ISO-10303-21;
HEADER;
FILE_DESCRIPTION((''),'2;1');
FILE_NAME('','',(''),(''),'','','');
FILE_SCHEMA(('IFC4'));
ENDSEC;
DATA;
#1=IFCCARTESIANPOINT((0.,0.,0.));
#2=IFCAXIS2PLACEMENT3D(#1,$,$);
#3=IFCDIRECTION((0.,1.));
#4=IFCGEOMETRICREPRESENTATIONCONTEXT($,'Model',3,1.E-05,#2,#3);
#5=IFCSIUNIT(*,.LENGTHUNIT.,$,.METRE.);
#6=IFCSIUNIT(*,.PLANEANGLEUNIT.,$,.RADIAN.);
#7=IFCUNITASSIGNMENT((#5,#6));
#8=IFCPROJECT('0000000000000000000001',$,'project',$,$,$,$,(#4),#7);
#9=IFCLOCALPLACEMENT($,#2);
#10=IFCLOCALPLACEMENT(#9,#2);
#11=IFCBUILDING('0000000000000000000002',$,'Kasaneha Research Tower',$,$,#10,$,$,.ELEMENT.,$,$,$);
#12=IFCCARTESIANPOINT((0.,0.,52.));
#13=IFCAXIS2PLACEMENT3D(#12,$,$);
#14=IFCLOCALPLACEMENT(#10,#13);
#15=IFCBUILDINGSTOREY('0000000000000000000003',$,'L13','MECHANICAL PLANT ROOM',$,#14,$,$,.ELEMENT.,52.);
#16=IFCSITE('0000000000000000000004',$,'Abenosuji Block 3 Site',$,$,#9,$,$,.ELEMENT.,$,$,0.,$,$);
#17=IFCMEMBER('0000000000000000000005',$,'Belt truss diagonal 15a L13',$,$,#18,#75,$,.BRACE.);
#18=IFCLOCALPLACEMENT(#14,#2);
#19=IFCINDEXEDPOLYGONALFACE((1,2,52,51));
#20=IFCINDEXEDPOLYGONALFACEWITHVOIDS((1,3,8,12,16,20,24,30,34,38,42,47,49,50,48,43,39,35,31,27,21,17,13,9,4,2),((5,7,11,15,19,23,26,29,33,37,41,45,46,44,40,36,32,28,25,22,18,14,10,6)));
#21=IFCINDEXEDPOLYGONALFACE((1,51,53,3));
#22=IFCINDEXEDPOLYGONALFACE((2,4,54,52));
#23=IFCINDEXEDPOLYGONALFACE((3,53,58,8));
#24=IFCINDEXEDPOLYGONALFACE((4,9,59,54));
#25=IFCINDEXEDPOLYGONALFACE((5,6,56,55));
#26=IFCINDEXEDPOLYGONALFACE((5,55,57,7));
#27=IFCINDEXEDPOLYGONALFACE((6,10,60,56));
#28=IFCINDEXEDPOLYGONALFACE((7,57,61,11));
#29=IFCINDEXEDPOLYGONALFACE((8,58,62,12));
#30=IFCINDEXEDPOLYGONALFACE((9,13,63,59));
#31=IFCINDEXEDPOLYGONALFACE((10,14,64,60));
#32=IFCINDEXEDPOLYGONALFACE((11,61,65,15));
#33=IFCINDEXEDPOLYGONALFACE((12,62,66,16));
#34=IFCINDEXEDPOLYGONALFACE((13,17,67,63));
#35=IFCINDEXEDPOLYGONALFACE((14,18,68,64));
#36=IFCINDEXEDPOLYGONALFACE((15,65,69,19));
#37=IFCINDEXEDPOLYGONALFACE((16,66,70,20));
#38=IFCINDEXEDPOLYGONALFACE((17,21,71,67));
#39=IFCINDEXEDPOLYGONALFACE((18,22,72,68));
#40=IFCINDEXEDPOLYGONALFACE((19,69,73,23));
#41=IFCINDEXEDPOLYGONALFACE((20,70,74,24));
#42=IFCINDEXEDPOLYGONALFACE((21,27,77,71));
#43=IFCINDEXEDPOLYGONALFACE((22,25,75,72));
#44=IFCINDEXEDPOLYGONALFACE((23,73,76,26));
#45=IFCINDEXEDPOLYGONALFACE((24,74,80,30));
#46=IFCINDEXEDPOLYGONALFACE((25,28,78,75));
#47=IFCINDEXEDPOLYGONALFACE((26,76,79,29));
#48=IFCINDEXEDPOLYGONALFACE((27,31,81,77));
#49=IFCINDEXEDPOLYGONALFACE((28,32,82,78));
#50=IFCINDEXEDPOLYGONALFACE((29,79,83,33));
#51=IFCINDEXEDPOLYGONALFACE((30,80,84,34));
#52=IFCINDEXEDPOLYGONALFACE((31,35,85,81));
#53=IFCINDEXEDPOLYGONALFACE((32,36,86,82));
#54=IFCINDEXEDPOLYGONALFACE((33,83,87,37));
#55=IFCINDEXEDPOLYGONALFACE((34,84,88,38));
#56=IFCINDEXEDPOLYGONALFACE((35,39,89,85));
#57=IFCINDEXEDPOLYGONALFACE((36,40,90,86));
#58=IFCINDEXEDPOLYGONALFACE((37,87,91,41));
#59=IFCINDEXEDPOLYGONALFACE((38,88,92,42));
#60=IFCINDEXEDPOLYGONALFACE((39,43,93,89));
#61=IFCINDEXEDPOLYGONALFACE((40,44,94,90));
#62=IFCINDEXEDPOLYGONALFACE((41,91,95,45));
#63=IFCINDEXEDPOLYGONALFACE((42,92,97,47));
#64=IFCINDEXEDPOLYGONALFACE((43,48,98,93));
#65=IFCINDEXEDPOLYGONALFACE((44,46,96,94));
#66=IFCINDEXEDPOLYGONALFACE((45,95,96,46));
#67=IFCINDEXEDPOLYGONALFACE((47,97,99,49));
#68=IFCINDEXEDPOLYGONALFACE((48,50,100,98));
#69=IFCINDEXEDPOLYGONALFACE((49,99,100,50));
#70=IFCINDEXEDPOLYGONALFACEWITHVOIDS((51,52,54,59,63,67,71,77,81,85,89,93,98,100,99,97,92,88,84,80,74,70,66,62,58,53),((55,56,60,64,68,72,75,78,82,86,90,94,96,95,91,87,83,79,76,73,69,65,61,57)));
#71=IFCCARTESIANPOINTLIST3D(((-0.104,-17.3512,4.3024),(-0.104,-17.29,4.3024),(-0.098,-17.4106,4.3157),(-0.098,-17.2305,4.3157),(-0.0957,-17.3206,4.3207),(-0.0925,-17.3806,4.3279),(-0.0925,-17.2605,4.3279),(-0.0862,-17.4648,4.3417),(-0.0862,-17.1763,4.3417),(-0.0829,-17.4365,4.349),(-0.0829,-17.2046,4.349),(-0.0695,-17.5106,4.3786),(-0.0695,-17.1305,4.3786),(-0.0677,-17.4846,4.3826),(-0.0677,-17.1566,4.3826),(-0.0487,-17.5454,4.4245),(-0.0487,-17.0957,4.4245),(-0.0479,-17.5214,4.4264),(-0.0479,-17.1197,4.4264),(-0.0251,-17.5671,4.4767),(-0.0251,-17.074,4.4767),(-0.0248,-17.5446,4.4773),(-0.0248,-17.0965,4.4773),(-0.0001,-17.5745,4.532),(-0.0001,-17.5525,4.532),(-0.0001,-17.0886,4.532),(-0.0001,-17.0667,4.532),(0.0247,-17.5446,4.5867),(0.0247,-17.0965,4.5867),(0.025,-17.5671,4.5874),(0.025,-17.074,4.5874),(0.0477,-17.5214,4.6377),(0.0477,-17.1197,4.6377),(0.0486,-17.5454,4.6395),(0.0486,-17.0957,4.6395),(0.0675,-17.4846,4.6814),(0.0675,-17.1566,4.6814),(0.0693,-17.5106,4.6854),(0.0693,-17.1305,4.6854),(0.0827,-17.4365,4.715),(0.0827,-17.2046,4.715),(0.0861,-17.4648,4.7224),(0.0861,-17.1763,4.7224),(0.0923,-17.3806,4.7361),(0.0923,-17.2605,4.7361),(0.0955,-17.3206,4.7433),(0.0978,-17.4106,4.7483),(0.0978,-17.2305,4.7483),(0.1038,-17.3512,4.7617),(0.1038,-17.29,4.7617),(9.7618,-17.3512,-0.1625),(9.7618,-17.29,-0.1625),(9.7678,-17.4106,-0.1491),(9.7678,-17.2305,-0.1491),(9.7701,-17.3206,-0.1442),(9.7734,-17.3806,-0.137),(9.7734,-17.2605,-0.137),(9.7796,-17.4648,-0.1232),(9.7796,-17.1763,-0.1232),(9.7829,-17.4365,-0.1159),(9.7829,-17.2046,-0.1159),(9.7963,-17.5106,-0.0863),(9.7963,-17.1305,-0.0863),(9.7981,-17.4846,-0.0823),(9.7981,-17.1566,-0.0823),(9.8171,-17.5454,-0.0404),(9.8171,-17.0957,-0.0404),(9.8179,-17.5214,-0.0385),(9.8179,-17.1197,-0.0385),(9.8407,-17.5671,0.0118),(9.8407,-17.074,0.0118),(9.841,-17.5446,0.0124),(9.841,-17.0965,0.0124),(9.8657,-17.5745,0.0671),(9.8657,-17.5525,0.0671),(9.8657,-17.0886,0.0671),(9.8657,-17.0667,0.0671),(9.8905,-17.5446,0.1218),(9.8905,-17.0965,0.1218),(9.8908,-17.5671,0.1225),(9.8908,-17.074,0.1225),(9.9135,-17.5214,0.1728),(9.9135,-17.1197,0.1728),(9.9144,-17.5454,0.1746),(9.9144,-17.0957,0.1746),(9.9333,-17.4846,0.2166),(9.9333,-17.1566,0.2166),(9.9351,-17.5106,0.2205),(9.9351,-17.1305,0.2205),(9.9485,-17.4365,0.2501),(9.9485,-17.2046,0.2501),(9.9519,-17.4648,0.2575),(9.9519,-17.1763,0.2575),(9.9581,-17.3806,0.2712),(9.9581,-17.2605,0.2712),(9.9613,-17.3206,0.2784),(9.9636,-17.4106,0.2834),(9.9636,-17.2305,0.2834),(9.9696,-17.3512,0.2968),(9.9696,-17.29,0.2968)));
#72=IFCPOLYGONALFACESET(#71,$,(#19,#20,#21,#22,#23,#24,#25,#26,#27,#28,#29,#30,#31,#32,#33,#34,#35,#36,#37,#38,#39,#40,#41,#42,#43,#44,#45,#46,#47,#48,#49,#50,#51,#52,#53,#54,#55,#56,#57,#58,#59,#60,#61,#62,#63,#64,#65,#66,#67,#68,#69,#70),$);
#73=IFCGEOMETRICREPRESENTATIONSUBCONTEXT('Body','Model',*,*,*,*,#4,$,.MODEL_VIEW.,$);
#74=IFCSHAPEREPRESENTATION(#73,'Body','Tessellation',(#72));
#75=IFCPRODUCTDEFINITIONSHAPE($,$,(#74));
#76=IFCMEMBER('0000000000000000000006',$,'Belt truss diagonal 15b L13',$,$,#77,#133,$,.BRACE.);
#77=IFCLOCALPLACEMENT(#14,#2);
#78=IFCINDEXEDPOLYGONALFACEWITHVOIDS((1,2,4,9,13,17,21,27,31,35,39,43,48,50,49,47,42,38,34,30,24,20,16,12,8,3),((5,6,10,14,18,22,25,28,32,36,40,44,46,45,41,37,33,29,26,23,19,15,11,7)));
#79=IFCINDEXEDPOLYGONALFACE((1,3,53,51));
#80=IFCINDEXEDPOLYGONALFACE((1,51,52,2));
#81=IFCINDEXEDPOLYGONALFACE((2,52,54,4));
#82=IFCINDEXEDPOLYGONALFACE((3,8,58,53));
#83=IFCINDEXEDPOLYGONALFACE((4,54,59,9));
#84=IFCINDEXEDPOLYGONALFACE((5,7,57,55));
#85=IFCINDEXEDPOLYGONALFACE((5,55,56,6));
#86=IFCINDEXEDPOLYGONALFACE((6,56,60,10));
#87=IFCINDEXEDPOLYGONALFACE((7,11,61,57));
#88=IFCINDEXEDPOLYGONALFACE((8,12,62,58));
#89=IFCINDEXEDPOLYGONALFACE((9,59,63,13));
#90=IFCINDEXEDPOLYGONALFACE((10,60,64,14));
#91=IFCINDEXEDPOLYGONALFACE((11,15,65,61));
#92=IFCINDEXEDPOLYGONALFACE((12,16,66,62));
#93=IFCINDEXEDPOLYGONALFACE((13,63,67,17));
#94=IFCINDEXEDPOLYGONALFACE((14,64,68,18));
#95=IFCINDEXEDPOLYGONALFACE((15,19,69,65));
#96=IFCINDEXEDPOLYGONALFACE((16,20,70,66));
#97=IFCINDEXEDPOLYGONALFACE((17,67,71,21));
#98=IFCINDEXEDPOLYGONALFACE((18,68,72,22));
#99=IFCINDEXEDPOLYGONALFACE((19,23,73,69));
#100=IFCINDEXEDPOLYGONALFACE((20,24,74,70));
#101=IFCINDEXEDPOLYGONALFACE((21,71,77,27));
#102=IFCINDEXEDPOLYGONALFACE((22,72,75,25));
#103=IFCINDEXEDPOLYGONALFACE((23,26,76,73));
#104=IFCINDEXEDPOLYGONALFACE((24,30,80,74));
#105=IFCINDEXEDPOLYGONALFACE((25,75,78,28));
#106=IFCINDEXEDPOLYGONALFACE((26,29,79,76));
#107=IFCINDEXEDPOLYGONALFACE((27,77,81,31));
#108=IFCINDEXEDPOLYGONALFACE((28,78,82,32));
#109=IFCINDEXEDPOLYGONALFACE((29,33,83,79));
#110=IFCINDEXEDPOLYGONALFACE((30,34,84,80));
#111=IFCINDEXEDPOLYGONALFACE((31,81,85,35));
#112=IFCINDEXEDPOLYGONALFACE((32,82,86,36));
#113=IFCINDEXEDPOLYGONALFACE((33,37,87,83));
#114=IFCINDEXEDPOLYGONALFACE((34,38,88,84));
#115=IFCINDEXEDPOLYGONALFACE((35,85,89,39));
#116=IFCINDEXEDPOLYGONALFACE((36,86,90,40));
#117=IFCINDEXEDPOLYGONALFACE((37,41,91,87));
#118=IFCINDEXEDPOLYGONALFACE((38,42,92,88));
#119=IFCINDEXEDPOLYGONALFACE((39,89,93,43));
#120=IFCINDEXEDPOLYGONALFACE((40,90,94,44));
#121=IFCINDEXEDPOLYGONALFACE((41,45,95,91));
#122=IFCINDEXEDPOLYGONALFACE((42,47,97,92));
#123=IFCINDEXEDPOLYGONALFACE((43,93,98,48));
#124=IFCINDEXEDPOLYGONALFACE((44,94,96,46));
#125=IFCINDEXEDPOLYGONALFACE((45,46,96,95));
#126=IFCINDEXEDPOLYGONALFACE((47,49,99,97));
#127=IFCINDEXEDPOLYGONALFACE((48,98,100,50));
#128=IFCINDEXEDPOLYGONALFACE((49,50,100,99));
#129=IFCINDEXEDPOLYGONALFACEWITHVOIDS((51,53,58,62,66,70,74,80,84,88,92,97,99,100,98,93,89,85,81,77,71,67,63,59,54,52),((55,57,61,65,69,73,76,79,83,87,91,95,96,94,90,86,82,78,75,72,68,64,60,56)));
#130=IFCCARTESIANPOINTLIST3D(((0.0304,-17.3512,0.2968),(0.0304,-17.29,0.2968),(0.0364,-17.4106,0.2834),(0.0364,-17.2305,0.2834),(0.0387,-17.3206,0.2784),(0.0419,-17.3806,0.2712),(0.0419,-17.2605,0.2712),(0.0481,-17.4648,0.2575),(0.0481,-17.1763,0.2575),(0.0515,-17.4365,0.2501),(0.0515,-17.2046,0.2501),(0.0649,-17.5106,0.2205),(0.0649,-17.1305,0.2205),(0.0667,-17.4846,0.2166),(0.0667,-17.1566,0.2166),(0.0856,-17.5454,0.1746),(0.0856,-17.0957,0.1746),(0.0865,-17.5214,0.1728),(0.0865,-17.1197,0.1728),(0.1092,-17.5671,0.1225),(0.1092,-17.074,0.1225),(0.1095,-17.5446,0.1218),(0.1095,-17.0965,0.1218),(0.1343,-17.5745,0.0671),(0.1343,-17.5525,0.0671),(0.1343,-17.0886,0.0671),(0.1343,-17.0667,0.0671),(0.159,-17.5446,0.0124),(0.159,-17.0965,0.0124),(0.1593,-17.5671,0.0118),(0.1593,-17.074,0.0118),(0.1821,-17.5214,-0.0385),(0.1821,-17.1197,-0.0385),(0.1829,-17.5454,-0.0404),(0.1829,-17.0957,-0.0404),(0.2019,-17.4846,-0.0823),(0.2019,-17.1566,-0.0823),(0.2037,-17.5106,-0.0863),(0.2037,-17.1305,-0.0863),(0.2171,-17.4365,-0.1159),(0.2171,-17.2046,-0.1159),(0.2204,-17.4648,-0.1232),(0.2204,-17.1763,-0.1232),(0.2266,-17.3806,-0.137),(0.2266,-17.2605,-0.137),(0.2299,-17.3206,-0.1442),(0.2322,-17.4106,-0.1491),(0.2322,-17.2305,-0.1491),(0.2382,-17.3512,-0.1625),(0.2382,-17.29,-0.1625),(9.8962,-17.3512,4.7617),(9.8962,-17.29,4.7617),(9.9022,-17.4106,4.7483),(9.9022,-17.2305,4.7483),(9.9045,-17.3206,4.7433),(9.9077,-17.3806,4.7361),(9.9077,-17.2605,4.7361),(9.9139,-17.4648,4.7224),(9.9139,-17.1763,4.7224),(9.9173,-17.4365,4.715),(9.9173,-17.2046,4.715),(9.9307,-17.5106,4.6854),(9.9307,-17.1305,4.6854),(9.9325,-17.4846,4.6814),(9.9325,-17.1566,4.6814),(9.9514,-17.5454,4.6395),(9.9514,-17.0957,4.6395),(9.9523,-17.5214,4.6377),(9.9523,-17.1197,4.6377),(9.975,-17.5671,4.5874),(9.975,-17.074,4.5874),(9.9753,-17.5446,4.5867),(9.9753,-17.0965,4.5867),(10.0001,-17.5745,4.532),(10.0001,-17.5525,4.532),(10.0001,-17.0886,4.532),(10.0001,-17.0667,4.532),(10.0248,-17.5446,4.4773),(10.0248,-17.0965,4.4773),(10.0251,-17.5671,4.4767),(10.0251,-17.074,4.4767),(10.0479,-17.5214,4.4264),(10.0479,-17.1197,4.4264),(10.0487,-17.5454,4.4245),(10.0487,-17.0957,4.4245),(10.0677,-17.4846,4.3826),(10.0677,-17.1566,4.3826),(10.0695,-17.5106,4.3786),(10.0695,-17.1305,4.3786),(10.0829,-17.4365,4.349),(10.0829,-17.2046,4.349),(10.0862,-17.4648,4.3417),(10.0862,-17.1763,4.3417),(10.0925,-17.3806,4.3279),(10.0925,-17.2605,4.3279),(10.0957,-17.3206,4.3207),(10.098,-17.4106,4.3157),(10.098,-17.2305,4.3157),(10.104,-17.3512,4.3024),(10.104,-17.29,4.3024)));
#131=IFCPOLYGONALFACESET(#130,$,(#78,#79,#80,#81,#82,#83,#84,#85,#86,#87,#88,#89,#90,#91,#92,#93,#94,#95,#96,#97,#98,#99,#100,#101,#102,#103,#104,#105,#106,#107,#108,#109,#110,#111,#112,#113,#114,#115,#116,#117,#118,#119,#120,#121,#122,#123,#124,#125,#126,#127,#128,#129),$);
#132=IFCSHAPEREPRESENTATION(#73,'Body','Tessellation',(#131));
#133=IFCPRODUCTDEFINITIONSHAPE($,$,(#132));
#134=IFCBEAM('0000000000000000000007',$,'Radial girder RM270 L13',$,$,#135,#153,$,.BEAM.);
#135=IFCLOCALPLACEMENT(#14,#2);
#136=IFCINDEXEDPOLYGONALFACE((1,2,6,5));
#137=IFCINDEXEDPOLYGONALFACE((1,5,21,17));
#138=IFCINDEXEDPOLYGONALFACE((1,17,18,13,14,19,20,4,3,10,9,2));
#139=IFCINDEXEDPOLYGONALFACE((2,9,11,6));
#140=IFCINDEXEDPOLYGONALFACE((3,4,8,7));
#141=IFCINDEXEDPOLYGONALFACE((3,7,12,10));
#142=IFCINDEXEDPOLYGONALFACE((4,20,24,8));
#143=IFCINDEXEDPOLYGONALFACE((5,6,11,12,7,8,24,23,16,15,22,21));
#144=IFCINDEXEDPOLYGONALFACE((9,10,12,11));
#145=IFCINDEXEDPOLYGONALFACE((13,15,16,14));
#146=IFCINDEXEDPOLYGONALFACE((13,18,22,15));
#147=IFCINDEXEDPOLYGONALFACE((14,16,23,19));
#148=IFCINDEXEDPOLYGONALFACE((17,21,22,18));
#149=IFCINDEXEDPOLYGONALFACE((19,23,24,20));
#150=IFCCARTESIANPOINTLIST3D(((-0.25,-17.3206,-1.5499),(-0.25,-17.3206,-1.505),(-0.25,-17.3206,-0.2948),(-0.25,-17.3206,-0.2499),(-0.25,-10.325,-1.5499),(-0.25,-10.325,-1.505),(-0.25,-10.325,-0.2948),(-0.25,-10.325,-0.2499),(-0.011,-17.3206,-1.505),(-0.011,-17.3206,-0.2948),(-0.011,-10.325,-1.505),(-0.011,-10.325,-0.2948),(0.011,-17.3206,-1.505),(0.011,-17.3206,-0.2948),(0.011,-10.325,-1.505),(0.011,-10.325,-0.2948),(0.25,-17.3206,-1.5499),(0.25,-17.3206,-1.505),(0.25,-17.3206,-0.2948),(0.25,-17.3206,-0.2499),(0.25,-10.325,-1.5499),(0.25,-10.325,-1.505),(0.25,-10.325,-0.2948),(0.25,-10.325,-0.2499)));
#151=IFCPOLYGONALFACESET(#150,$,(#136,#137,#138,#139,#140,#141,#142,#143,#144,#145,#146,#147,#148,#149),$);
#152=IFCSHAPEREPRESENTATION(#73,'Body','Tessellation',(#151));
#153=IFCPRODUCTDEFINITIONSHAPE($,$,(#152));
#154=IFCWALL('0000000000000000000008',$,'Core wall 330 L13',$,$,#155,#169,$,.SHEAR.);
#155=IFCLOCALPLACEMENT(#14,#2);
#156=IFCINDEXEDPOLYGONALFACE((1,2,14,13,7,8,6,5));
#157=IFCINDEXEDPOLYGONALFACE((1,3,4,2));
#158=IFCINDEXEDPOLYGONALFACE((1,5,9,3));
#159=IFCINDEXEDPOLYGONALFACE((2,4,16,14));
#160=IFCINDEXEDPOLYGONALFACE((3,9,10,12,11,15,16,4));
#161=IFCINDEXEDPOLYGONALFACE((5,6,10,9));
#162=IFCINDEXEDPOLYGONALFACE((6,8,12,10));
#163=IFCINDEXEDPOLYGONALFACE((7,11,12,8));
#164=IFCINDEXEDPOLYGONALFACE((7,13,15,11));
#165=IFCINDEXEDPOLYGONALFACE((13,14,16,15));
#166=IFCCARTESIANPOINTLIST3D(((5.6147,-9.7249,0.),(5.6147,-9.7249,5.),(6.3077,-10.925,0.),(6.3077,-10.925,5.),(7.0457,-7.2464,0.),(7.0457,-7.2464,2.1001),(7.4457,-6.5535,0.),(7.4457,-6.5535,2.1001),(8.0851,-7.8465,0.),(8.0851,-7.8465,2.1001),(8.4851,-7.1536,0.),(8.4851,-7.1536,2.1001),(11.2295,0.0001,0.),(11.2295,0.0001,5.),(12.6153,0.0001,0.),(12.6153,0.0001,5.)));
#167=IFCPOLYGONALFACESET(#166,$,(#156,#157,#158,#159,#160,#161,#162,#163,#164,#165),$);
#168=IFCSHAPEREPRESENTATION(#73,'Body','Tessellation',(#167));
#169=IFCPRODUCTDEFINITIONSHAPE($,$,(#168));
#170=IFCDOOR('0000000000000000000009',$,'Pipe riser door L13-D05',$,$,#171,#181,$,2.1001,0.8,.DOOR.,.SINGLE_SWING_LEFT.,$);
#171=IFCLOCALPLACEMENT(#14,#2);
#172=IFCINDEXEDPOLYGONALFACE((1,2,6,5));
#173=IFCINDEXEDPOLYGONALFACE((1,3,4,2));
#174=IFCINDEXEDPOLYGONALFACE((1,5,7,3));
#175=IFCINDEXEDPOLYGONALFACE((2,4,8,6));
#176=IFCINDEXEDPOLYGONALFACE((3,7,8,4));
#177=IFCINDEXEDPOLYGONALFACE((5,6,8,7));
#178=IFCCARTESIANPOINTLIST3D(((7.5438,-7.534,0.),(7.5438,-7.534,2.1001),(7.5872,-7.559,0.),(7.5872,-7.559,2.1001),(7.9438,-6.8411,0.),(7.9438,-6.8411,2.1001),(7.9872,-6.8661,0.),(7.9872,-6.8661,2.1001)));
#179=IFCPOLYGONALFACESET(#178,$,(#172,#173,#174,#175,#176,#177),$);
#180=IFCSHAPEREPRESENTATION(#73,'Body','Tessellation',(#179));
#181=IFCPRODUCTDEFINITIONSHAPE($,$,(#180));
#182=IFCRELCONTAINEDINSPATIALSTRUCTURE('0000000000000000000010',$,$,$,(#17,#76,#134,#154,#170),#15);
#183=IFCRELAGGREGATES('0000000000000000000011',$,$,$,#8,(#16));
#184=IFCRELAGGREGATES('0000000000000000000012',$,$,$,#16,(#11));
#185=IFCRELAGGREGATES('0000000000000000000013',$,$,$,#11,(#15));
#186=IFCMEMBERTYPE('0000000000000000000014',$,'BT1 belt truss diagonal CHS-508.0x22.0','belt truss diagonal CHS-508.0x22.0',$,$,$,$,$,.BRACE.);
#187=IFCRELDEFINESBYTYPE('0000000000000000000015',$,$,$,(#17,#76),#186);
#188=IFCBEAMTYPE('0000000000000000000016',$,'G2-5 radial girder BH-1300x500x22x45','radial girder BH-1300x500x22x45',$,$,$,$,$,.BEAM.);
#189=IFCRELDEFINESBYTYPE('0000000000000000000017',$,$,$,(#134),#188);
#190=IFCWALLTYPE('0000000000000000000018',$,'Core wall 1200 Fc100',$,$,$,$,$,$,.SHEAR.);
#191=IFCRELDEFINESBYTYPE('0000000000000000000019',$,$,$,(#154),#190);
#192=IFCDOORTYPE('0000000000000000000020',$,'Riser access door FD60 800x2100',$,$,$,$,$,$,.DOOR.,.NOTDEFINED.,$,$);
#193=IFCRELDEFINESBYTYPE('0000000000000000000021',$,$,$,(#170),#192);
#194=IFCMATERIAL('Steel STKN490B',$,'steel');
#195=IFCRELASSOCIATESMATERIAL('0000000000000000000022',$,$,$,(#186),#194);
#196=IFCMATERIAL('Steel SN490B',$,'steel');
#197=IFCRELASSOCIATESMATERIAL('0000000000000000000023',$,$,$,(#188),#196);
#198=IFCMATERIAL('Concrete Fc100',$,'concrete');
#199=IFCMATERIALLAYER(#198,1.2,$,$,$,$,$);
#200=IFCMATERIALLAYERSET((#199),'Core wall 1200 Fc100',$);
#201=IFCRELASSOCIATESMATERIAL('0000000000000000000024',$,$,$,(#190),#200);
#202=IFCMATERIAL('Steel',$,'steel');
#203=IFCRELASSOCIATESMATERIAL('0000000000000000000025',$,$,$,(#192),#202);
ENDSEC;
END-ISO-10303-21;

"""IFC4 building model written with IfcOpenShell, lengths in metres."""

from ifc_helpers import new_model, si_unit, direction, frame, frame_2d, origin, origin_2d, place, context, subcontext, project, spatial, polyline, rectangle, hollow_circle, i_section, outline, extrude, material, layer, layer_set, material_profile, profile_set, type_object, element, fill, save


model = new_model("IFC4")

# Units and contexts
model_context = context("Model", 3, precision=1e-05, world=origin(), true_north=direction((0.0, 1.0)))
body_context = subcontext(model_context, "Body", "Model", "MODEL_VIEW")
ifc_project = project(units=[si_unit("LENGTHUNIT", "METRE"), si_unit("PLANEANGLEUNIT", "RADIAN")], contexts=[model_context])

# Site, building, storey
site_placement = place(None, origin())
site = spatial("IfcSite", under=ifc_project, at=site_placement, Name="Abenosuji Block 3 Site", CompositionType="ELEMENT", RefElevation=0.0)
building_placement = place(site_placement, origin())
building = spatial("IfcBuilding", under=site, at=building_placement, Name="Kasaneha Research Tower", CompositionType="ELEMENT")
storey_placement = place(building_placement, frame((0.0, 0.0, 52.0)))
storey = spatial("IfcBuildingStorey", under=building, at=storey_placement, Name="L13", Description="MECHANICAL PLANT ROOM", CompositionType="ELEMENT", Elevation=52.0)

# Members
ifc_material_1 = material(Name="Steel STKN490B", Category="steel")
ifc_material_profile_1 = material_profile(ifc_material_1, hollow_circle(Radius=0.2539, WallThickness=0.022, at=origin_2d()), Name="CHS-508.0x22.0")
ifc_profile_set_1 = profile_set([ifc_material_profile_1], Name="Steel STKN490B")
member_type = type_object("IfcMemberType", Name="BT1 belt truss diagonal CHS-508.0x22.0", Description="belt truss diagonal CHS-508.0x22.0", PredefinedType="BRACE", material=ifc_profile_set_1)
for number, where, z_axis, x_axis, name in (
    (1, (9.8657, -17.3206, 0.0671), (-0.911046, 0.0, 0.412304), (0.0, -1.0, 0.0), "Belt truss diagonal 15a L13"),
    (2, (0.1343, -17.3206, 0.0671), (0.911046, 0.0, 0.412304), (0.0, 1.0, 0.0), "Belt truss diagonal 15b L13"),
):
    element("IfcMember", number, at=place(storey_placement, frame(where, z_axis=z_axis, x_axis=x_axis)), inside=storey, type_object=member_type, Name=name, PredefinedType="BRACE", context=body_context, shape_type="SweptSolid", body=[
        extrude(hollow_circle(Radius=0.2539, WallThickness=0.022, at=origin_2d()), origin(), (0.0, 0.0, 1.0), 10.8291),
    ])

# Beam
ifc_material_2 = material(Name="Steel SN490B", Category="steel")
ifc_material_profile_2 = material_profile(ifc_material_2, i_section(OverallWidth=0.5, OverallDepth=1.3, WebThickness=0.022, FlangeThickness=0.0449, at=origin_2d()), Name="BH-1300x500x22x45")
ifc_profile_set_2 = profile_set([ifc_material_profile_2], Name="Steel SN490B")
beam_type_1 = type_object("IfcBeamType", Name="G2-5 radial girder BH-1300x500x22x45", Description="radial girder BH-1300x500x22x45", PredefinedType="BEAM", material=ifc_profile_set_2)
beam_1_placement = place(storey_placement, frame((0.0, -10.325, -0.8999), z_axis=(0.0, -1.0, 0.0), x_axis=(1.0, 0.0, 0.0)))
element("IfcBeam", 3, at=beam_1_placement, inside=storey, type_object=beam_type_1, Name="Radial girder RM270 L13", PredefinedType="BEAM", context=body_context, shape_type="SweptSolid", body=[
    extrude(i_section(OverallWidth=0.5, OverallDepth=1.3, WebThickness=0.022, FlangeThickness=0.0449, at=origin_2d()), origin(), (0.0, 0.0, 1.0), 6.9956),
])

# Wall, opening, door
ifc_material_3 = material(Name="Concrete Fc100", Category="concrete")
ifc_layer_1 = layer(ifc_material_3, 1.2)
ifc_layer_set_1 = layer_set([ifc_layer_1], Name="Core wall 1200 Fc100")
wall_type_1 = type_object("IfcWallType", Name="Core wall 1200 Fc100", PredefinedType="SHEAR", material=ifc_layer_set_1)
wall_1_placement = place(storey_placement, frame((5.9612, -10.325, 0.0), z_axis=(0.0, 0.0, 1.0), x_axis=(0.500004, 0.866023, 0.0)))
wall_1 = element("IfcWall", 4, at=wall_1_placement, inside=storey, type_object=wall_type_1, Name="Core wall 330 L13", PredefinedType="SHEAR", context=body_context, shape_type="SweptSolid", body=[
    extrude(outline(polyline([(-0.3464, -0.6001), (3.2085, -0.6001), (4.0085, -0.6001), (12.2688, -0.6001), (11.5759, 0.6001), (4.0085, 0.6001), (3.2085, 0.6001), (0.3464, 0.6001), (-0.3464, -0.6001)])), origin(), (0.0, 0.0, 1.0), 5.0),
])
opening_placement = place(wall_1_placement, frame((3.2085, 0.0, 0.0)))
opening = element("IfcOpeningElement", 5, at=opening_placement, cuts=wall_1, PredefinedType="OPENING", context=body_context, shape_type="SweptSolid", body=[
    extrude(rectangle(XDim=0.8, YDim=2.1001, at=frame_2d((0.3999, 1.05))), frame((0.0, 0.6099, 0.0), z_axis=(0.0, -1.0, 0.0), x_axis=(1.0, 0.0, 0.0)), (0.0, 0.0, 1.0), 1.22),
])
ifc_material_4 = material(Name="Steel", Category="steel")
door_type = type_object("IfcDoorType", Name="Riser access door FD60 800x2100", OperationType="NOTDEFINED", PredefinedType="DOOR", material=ifc_material_4)
door_placement = place(opening_placement, origin())
door = element("IfcDoor", 6, at=door_placement, inside=storey, type_object=door_type, Name="Pipe riser door L13-D05", OperationType="SINGLE_SWING_LEFT", OverallHeight=2.1001, OverallWidth=0.8, PredefinedType="DOOR", context=body_context, shape_type="SweptSolid", body=[
    extrude(rectangle(XDim=0.8, YDim=2.1001, at=frame_2d((0.3999, 1.05))), frame((0.0, 0.0249, 0.0), z_axis=(0.0, -1.0, 0.0), x_axis=(1.0, 0.0, 0.0)), (0.0, 0.0, 1.0), 0.05),
])
fill(opening, door)

save(model, "model.ifc")
